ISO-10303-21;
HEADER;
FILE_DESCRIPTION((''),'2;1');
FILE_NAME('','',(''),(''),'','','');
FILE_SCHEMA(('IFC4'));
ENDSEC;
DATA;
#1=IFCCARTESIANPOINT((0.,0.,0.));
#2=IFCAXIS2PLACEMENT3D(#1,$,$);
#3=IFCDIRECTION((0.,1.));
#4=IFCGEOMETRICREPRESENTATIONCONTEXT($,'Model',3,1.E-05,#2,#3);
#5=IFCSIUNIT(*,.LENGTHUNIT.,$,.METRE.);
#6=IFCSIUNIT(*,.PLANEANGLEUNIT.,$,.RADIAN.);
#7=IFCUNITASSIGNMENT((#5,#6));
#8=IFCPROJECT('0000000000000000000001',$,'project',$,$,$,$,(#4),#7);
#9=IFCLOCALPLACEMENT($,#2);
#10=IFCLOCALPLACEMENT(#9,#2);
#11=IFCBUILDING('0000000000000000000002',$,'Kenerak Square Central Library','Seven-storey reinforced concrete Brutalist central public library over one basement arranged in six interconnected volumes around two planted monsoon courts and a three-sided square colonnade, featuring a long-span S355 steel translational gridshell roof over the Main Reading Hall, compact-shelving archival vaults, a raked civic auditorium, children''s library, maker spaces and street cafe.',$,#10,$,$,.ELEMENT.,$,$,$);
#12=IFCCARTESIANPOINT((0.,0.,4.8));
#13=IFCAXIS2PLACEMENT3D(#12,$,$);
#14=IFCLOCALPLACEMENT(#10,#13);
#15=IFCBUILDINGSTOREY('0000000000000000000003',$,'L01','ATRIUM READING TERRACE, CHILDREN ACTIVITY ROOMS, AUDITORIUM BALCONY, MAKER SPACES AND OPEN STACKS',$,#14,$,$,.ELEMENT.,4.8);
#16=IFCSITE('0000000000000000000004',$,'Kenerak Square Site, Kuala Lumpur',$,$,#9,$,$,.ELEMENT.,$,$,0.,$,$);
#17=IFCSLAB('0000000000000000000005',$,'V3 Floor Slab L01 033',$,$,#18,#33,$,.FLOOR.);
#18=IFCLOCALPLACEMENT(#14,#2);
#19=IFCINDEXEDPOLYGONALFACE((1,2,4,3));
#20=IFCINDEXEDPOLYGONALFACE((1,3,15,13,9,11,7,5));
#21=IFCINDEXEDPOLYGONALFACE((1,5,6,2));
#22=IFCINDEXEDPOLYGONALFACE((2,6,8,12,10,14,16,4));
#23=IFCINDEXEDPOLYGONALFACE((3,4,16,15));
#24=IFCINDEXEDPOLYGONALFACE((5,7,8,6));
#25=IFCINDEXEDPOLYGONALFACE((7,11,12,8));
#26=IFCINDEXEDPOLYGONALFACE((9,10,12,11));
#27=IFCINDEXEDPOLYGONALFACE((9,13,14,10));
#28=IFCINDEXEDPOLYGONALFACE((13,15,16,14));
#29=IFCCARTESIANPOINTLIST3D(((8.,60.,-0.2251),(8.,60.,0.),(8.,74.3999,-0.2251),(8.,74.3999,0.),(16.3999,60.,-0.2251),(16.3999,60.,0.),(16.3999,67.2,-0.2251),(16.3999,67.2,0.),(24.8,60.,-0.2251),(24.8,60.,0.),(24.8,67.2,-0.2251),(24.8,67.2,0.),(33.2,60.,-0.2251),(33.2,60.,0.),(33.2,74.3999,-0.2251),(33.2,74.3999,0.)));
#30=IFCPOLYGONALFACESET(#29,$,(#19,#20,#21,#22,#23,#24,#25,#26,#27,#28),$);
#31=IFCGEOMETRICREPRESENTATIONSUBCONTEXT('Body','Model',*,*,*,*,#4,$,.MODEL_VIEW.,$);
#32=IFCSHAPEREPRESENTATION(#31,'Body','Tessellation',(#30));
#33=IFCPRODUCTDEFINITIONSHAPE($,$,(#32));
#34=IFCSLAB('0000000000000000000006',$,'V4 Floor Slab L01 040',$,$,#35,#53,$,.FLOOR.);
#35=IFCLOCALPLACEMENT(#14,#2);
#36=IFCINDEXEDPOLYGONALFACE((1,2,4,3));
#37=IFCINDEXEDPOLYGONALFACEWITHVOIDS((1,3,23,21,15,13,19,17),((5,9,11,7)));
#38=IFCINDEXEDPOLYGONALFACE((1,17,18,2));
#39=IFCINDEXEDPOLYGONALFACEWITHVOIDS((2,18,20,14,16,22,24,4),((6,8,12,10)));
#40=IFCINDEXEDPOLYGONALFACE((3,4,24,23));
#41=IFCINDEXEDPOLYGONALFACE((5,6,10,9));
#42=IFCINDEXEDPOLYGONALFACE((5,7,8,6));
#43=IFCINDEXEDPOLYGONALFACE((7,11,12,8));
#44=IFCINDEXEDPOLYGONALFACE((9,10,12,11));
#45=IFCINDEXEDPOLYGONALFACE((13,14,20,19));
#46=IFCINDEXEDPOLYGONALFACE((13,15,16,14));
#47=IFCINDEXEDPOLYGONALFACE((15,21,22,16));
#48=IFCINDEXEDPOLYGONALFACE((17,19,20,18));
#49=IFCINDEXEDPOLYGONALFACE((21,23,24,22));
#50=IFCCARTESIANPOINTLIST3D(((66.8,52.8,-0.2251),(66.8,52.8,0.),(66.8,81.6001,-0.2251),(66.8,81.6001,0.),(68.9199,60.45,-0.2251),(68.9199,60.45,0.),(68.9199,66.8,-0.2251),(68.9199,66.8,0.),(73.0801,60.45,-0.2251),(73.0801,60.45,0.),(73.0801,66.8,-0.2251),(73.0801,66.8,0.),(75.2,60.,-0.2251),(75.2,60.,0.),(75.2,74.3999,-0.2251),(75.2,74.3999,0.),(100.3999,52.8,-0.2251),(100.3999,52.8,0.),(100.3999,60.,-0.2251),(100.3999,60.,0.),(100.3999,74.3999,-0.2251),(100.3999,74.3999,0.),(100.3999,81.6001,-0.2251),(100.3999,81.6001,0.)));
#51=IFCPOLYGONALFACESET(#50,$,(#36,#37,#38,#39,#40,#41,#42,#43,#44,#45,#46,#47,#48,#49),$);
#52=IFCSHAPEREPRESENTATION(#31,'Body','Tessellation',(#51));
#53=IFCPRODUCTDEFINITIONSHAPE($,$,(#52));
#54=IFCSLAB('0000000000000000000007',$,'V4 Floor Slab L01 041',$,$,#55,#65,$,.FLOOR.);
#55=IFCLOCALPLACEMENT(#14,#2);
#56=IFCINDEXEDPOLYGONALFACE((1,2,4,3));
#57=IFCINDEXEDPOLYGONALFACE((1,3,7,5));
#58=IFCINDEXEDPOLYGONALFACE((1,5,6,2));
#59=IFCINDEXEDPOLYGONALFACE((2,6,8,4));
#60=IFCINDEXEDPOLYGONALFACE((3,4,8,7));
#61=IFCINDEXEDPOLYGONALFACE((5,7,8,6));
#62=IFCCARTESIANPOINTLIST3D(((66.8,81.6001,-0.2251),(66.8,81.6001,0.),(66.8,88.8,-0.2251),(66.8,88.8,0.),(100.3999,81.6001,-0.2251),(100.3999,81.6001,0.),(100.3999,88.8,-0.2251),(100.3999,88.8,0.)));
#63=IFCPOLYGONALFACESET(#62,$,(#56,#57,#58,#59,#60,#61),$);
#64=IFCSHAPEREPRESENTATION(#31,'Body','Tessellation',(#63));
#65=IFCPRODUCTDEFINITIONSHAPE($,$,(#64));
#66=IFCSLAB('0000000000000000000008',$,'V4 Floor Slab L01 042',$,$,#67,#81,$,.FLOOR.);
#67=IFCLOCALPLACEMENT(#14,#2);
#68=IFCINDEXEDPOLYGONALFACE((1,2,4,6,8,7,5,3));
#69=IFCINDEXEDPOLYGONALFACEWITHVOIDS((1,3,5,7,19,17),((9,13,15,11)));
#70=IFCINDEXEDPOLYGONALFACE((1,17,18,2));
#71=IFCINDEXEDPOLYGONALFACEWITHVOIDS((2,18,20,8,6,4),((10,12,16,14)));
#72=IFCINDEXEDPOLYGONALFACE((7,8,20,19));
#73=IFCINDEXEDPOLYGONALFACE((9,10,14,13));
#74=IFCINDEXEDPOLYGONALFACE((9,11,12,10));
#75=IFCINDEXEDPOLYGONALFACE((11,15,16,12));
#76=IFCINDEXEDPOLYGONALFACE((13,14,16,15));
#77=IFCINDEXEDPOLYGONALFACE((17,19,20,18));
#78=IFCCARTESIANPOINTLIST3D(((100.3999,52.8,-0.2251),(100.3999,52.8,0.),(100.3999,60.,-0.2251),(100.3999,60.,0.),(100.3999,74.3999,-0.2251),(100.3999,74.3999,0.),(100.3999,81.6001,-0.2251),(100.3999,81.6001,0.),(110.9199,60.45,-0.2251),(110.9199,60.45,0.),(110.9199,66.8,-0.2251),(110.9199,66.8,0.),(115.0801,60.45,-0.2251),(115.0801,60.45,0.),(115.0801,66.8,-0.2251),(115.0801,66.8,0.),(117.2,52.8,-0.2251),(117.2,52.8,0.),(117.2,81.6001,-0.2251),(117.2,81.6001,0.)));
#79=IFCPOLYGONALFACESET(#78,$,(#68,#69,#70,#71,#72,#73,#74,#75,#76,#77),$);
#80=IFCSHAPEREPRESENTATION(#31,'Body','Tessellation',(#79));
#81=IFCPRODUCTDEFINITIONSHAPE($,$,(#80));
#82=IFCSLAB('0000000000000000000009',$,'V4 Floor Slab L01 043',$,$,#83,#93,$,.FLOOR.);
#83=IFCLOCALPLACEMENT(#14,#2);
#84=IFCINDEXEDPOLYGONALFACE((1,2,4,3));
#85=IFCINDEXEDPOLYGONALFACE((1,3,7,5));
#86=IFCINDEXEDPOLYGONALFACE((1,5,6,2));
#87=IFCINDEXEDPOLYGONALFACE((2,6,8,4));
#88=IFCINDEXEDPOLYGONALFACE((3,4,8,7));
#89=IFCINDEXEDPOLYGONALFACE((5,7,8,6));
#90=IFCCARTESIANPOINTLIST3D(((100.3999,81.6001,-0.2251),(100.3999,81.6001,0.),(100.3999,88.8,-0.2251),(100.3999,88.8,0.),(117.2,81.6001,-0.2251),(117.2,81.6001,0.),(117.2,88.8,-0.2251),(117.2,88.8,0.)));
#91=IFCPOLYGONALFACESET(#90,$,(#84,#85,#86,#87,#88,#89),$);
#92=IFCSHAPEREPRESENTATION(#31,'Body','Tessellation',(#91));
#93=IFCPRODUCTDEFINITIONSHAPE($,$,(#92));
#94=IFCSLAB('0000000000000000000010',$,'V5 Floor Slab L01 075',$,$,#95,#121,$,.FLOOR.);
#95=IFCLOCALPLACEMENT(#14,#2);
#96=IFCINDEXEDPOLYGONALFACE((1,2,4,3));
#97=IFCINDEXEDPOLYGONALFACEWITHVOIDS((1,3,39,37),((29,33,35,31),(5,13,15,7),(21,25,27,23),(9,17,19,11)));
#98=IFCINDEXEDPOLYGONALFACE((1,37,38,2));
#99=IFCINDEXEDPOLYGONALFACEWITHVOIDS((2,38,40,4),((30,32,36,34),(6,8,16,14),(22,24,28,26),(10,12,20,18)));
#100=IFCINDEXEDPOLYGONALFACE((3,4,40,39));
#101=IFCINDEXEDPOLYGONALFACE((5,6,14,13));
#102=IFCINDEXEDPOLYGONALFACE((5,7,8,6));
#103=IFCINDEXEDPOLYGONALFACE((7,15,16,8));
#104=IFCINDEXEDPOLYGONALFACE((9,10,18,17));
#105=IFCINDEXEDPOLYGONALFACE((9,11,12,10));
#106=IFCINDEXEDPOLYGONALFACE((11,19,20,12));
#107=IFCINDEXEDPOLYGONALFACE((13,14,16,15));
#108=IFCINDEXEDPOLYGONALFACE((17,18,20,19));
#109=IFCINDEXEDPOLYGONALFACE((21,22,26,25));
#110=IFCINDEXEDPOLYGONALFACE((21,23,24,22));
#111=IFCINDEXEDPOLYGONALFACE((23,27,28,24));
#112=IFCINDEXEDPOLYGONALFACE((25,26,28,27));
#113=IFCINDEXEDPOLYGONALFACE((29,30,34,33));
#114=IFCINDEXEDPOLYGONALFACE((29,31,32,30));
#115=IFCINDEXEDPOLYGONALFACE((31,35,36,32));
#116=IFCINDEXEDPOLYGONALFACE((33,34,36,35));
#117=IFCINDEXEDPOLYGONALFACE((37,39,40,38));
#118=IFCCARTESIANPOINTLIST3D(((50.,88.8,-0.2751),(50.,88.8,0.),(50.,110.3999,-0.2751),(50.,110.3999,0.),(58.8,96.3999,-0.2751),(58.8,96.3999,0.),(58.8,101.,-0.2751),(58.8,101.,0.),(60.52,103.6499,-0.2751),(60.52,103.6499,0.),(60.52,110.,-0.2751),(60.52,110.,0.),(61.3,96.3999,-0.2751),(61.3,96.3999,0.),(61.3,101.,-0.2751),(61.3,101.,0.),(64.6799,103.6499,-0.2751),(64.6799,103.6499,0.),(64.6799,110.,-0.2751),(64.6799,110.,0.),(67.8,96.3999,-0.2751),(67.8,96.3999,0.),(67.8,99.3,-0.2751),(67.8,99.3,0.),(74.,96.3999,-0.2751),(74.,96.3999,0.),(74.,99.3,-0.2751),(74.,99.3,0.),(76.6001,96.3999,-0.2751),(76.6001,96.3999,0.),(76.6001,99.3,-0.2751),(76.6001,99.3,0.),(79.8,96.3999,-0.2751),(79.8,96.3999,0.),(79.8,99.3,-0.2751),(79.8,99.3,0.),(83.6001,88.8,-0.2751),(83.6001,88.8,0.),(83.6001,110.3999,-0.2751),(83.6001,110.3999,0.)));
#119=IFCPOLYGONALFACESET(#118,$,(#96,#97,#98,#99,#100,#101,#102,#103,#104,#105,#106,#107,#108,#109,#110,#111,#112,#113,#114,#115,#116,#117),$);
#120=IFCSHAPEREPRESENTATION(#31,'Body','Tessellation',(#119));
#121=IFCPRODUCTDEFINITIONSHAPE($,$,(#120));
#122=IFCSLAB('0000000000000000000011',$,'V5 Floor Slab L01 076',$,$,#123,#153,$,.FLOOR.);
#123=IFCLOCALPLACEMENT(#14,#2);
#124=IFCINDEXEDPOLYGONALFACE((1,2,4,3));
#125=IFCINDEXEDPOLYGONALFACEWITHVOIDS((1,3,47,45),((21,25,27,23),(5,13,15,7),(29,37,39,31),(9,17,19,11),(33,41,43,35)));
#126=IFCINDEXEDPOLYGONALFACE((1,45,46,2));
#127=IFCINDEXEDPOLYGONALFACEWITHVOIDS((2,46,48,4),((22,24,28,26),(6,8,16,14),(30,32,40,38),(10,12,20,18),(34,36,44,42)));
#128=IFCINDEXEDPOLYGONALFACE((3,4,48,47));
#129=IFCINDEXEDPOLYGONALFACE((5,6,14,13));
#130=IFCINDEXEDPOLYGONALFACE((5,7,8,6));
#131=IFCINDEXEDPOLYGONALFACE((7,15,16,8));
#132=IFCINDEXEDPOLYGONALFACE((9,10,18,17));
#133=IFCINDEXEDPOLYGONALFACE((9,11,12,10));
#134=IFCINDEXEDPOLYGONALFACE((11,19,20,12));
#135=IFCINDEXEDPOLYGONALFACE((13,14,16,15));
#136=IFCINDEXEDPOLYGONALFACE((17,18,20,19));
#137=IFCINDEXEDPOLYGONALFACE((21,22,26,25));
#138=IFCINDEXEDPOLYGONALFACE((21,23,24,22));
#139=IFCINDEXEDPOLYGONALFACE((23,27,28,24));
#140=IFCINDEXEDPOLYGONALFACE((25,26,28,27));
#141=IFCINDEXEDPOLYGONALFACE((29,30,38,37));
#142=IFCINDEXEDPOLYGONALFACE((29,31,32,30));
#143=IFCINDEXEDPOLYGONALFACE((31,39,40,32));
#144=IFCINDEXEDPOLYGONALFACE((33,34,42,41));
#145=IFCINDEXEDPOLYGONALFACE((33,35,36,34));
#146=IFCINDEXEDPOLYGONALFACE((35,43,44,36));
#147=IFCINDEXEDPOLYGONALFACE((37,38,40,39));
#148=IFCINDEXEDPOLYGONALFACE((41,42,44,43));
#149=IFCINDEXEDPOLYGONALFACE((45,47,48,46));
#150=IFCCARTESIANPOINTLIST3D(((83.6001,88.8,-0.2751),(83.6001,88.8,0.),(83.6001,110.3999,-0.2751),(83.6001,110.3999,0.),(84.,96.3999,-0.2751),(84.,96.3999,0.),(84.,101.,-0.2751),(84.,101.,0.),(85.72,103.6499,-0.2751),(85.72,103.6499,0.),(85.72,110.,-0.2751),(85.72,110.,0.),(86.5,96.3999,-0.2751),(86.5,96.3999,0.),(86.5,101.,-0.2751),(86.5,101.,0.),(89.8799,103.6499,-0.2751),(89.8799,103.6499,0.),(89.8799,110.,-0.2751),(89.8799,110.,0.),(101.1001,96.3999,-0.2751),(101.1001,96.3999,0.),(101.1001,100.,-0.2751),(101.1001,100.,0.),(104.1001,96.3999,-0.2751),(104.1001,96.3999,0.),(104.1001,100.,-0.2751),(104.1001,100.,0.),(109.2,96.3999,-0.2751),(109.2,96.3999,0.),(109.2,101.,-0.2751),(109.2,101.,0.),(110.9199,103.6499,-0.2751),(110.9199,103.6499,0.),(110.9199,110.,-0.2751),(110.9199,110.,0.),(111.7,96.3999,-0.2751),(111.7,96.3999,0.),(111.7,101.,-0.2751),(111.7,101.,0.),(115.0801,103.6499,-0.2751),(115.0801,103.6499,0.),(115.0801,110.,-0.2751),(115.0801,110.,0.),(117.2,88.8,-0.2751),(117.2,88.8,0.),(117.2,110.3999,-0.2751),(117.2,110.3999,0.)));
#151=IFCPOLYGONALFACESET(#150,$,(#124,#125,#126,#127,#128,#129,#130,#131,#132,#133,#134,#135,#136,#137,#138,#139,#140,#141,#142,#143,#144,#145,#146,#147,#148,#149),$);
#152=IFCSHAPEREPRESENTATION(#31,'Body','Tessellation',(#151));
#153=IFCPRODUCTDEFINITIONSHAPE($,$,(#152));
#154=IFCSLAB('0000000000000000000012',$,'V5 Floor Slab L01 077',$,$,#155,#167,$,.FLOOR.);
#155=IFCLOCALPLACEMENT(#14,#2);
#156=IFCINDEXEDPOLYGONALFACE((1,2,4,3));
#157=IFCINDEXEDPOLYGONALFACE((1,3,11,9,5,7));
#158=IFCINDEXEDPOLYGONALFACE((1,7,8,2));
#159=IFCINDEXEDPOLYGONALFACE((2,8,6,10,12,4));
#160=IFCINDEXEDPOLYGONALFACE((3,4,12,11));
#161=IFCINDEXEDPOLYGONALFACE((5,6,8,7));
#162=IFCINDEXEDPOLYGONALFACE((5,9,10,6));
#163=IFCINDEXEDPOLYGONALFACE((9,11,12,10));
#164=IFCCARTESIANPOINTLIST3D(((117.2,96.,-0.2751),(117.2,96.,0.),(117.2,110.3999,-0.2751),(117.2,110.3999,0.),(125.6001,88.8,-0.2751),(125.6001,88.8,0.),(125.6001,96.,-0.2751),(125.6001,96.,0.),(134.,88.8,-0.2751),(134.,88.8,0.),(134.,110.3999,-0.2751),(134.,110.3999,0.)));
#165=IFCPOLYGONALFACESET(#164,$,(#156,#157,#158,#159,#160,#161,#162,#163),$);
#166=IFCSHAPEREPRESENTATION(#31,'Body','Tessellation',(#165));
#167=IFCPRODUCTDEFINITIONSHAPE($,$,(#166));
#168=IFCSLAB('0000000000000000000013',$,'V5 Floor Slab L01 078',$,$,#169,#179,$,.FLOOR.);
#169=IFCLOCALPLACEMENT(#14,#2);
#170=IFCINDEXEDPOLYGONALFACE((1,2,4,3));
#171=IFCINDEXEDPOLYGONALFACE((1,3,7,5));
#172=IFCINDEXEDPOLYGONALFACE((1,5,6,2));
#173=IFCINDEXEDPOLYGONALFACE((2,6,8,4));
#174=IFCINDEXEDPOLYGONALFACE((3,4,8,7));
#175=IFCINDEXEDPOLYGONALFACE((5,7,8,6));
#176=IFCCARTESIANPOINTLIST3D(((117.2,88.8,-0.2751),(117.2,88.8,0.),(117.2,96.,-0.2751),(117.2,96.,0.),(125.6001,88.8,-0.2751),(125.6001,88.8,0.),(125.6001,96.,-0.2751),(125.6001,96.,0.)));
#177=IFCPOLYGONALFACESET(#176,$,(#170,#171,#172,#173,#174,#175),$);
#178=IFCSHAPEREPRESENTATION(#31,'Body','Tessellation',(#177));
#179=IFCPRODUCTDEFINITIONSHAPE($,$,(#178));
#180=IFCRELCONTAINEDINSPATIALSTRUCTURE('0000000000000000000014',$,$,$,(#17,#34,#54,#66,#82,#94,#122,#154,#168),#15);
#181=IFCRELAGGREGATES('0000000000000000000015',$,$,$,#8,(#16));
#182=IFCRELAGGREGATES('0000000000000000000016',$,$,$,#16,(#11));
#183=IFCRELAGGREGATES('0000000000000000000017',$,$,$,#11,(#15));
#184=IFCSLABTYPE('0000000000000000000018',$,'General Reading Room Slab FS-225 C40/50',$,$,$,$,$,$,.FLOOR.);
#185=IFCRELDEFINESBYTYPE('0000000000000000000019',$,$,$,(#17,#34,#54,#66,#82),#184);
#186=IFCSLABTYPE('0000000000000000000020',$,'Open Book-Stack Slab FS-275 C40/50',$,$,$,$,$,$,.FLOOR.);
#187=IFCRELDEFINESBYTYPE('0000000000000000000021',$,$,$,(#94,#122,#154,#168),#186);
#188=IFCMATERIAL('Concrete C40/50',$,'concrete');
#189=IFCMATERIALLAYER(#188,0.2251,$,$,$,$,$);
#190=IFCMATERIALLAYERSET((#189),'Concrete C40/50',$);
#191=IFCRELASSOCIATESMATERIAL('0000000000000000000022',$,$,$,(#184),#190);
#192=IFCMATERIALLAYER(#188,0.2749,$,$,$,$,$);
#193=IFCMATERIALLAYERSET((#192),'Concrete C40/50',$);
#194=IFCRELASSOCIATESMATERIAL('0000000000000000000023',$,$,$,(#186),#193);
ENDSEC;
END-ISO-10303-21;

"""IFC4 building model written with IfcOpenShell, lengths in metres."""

from ifc_helpers import new_model, si_unit, direction, frame, origin, place, context, subcontext, project, spatial, polyline, outline, extrude, material, layer, layer_set, type_object, element, save


model = new_model("IFC4")

# Units and contexts
model_context = context("Model", 3, precision=1e-05, world=origin(), true_north=direction((0.0, 1.0)))
body_context = subcontext(model_context, "Body", "Model", "MODEL_VIEW")
ifc_project = project(units=[si_unit("LENGTHUNIT", "METRE"), si_unit("PLANEANGLEUNIT", "RADIAN")], contexts=[model_context])

# Site, building, storey
site_placement = place(None, origin())
site = spatial("IfcSite", under=ifc_project, at=site_placement, Name="Kenerak Square Site, Kuala Lumpur", CompositionType="ELEMENT", RefElevation=0.0)
building_placement = place(site_placement, origin())
building = spatial("IfcBuilding", under=site, at=building_placement, Name="Kenerak Square Central Library", Description="Seven-storey reinforced concrete Brutalist central public library over one basement arranged in six interconnected volumes around two planted monsoon courts and a three-sided square colonnade, featuring a long-span S355 steel translational gridshell roof over the Main Reading Hall, compact-shelving archival vaults, a raked civic auditorium, children's library, maker spaces and street cafe.", CompositionType="ELEMENT")
storey_placement = place(building_placement, frame((0.0, 0.0, 4.8)))
storey = spatial("IfcBuildingStorey", under=building, at=storey_placement, Name="L01", Description="ATRIUM READING TERRACE, CHILDREN ACTIVITY ROOMS, AUDITORIUM BALCONY, MAKER SPACES AND OPEN STACKS", CompositionType="ELEMENT", Elevation=4.8)

# Slabs
ifc_material_1 = material(Name="Concrete C40/50", Category="concrete")
ifc_layer_1 = layer(ifc_material_1, 0.2251)
ifc_layer_set_1 = layer_set([ifc_layer_1], Name="Concrete C40/50")
slab_type_1 = type_object("IfcSlabType", Name="General Reading Room Slab FS-225 C40/50", PredefinedType="FLOOR", material=ifc_layer_set_1)
slab_1_placement = place(storey_placement, frame((0.0, 0.0, -0.2251)))
element("IfcSlab", 1, at=slab_1_placement, inside=storey, type_object=slab_type_1, Name="V3 Floor Slab L01 033", PredefinedType="FLOOR", context=body_context, shape_type="SweptSolid", body=[
    extrude(outline(polyline([(8.0, 74.3999), (33.2, 74.3999), (33.2, 60.0), (24.8, 60.0), (24.8, 67.2), (16.3999, 67.2), (16.3999, 60.0), (8.0, 60.0), (8.0, 74.3999)])), origin(), (0.0, 0.0, 1.0), 0.2251),
])
slab_2_placement = place(storey_placement, frame((0.0, 0.0, -0.2251)))
element("IfcSlab", 2, at=slab_2_placement, inside=storey, type_object=slab_type_1, Name="V4 Floor Slab L01 040", PredefinedType="FLOOR", context=body_context, shape_type="SweptSolid", body=[
    extrude(outline(polyline([(100.3999, 52.8), (66.8, 52.8), (66.8, 81.6001), (100.3999, 81.6001), (100.3999, 74.3999), (75.2, 74.3999), (75.2, 60.0), (100.3999, 60.0), (100.3999, 52.8)]), holes=[polyline([(73.0801, 60.45), (73.0801, 66.8), (68.9199, 66.8), (68.9199, 60.45), (73.0801, 60.45)])]), origin(), (0.0, 0.0, 1.0), 0.2251),
])
slab_3_placement = place(storey_placement, frame((0.0, 0.0, -0.2251)))
element("IfcSlab", 3, at=slab_3_placement, inside=storey, type_object=slab_type_1, Name="V4 Floor Slab L01 041", PredefinedType="FLOOR", context=body_context, shape_type="SweptSolid", body=[
    extrude(outline(polyline([(66.8, 81.6001), (66.8, 88.8), (100.3999, 88.8), (100.3999, 81.6001), (66.8, 81.6001)])), origin(), (0.0, 0.0, 1.0), 0.2251),
])
slab_4_placement = place(storey_placement, frame((0.0, 0.0, -0.2251)))
element("IfcSlab", 4, at=slab_4_placement, inside=storey, type_object=slab_type_1, Name="V4 Floor Slab L01 042", PredefinedType="FLOOR", context=body_context, shape_type="SweptSolid", body=[
    extrude(outline(polyline([(100.3999, 81.6001), (117.2, 81.6001), (117.2, 52.8), (100.3999, 52.8), (100.3999, 60.0), (100.3999, 74.3999), (100.3999, 81.6001)]), holes=[polyline([(115.0801, 60.45), (115.0801, 66.8), (110.9199, 66.8), (110.9199, 60.45), (115.0801, 60.45)])]), origin(), (0.0, 0.0, 1.0), 0.2251),
])
slab_5_placement = place(storey_placement, frame((0.0, 0.0, -0.2251)))
element("IfcSlab", 5, at=slab_5_placement, inside=storey, type_object=slab_type_1, Name="V4 Floor Slab L01 043", PredefinedType="FLOOR", context=body_context, shape_type="SweptSolid", body=[
    extrude(outline(polyline([(100.3999, 81.6001), (100.3999, 88.8), (117.2, 88.8), (117.2, 81.6001), (100.3999, 81.6001)])), origin(), (0.0, 0.0, 1.0), 0.2251),
])
ifc_layer_2 = layer(ifc_material_1, 0.2749)
ifc_layer_set_2 = layer_set([ifc_layer_2], Name="Concrete C40/50")
slab_type_2 = type_object("IfcSlabType", Name="Open Book-Stack Slab FS-275 C40/50", PredefinedType="FLOOR", material=ifc_layer_set_2)
slab_6_placement = place(storey_placement, frame((0.0, 0.0, -0.2751)))
element("IfcSlab", 6, at=slab_6_placement, inside=storey, type_object=slab_type_2, Name="V5 Floor Slab L01 075", PredefinedType="FLOOR", context=body_context, shape_type="SweptSolid", body=[
    extrude(outline(polyline([(50.0, 88.8), (50.0, 110.3999), (83.6001, 110.3999), (83.6001, 88.8), (50.0, 88.8)]), holes=[polyline([(64.6799, 103.6499), (64.6799, 110.0), (60.52, 110.0), (60.52, 103.6499), (64.6799, 103.6499)]), polyline([(67.8, 96.3999), (74.0, 96.3999), (74.0, 99.3), (67.8, 99.3), (67.8, 96.3999)]), polyline([(76.6001, 96.3999), (79.8, 96.3999), (79.8, 99.3), (76.6001, 99.3), (76.6001, 96.3999)]), polyline([(58.8, 96.3999), (61.3, 96.3999), (61.3, 101.0), (58.8, 101.0), (58.8, 96.3999)])]), origin(), (0.0, 0.0, 1.0), 0.2751),
])
slab_7_placement = place(storey_placement, frame((0.0, 0.0, -0.2751)))
element("IfcSlab", 7, at=slab_7_placement, inside=storey, type_object=slab_type_2, Name="V5 Floor Slab L01 076", PredefinedType="FLOOR", context=body_context, shape_type="SweptSolid", body=[
    extrude(outline(polyline([(83.6001, 88.8), (83.6001, 110.3999), (117.2, 110.3999), (117.2, 88.8), (83.6001, 88.8)]), holes=[polyline([(89.8799, 103.6499), (89.8799, 110.0), (85.72, 110.0), (85.72, 103.6499), (89.8799, 103.6499)]), polyline([(115.0801, 103.6499), (115.0801, 110.0), (110.9199, 110.0), (110.9199, 103.6499), (115.0801, 103.6499)]), polyline([(84.0, 96.3999), (86.5, 96.3999), (86.5, 101.0), (84.0, 101.0), (84.0, 96.3999)]), polyline([(109.2, 96.3999), (111.7, 96.3999), (111.7, 101.0), (109.2, 101.0), (109.2, 96.3999)]), polyline([(101.1001, 96.3999), (104.1001, 96.3999), (104.1001, 100.0), (101.1001, 100.0), (101.1001, 96.3999)])]), origin(), (0.0, 0.0, 1.0), 0.2751),
])
slab_8_placement = place(storey_placement, frame((0.0, 0.0, -0.2751)))
element("IfcSlab", 8, at=slab_8_placement, inside=storey, type_object=slab_type_2, Name="V5 Floor Slab L01 077", PredefinedType="FLOOR", context=body_context, shape_type="SweptSolid", body=[
    extrude(outline(polyline([(117.2, 110.3999), (134.0, 110.3999), (134.0, 88.8), (125.6001, 88.8), (125.6001, 96.0), (117.2, 96.0), (117.2, 110.3999)])), origin(), (0.0, 0.0, 1.0), 0.2751),
])
slab_9_placement = place(storey_placement, frame((0.0, 0.0, -0.2751)))
element("IfcSlab", 9, at=slab_9_placement, inside=storey, type_object=slab_type_2, Name="V5 Floor Slab L01 078", PredefinedType="FLOOR", context=body_context, shape_type="SweptSolid", body=[
    extrude(outline(polyline([(125.6001, 88.8), (125.6001, 96.0), (117.2, 96.0), (117.2, 88.8), (125.6001, 88.8)])), origin(), (0.0, 0.0, 1.0), 0.2751),
])

save(model, "model.ifc")
